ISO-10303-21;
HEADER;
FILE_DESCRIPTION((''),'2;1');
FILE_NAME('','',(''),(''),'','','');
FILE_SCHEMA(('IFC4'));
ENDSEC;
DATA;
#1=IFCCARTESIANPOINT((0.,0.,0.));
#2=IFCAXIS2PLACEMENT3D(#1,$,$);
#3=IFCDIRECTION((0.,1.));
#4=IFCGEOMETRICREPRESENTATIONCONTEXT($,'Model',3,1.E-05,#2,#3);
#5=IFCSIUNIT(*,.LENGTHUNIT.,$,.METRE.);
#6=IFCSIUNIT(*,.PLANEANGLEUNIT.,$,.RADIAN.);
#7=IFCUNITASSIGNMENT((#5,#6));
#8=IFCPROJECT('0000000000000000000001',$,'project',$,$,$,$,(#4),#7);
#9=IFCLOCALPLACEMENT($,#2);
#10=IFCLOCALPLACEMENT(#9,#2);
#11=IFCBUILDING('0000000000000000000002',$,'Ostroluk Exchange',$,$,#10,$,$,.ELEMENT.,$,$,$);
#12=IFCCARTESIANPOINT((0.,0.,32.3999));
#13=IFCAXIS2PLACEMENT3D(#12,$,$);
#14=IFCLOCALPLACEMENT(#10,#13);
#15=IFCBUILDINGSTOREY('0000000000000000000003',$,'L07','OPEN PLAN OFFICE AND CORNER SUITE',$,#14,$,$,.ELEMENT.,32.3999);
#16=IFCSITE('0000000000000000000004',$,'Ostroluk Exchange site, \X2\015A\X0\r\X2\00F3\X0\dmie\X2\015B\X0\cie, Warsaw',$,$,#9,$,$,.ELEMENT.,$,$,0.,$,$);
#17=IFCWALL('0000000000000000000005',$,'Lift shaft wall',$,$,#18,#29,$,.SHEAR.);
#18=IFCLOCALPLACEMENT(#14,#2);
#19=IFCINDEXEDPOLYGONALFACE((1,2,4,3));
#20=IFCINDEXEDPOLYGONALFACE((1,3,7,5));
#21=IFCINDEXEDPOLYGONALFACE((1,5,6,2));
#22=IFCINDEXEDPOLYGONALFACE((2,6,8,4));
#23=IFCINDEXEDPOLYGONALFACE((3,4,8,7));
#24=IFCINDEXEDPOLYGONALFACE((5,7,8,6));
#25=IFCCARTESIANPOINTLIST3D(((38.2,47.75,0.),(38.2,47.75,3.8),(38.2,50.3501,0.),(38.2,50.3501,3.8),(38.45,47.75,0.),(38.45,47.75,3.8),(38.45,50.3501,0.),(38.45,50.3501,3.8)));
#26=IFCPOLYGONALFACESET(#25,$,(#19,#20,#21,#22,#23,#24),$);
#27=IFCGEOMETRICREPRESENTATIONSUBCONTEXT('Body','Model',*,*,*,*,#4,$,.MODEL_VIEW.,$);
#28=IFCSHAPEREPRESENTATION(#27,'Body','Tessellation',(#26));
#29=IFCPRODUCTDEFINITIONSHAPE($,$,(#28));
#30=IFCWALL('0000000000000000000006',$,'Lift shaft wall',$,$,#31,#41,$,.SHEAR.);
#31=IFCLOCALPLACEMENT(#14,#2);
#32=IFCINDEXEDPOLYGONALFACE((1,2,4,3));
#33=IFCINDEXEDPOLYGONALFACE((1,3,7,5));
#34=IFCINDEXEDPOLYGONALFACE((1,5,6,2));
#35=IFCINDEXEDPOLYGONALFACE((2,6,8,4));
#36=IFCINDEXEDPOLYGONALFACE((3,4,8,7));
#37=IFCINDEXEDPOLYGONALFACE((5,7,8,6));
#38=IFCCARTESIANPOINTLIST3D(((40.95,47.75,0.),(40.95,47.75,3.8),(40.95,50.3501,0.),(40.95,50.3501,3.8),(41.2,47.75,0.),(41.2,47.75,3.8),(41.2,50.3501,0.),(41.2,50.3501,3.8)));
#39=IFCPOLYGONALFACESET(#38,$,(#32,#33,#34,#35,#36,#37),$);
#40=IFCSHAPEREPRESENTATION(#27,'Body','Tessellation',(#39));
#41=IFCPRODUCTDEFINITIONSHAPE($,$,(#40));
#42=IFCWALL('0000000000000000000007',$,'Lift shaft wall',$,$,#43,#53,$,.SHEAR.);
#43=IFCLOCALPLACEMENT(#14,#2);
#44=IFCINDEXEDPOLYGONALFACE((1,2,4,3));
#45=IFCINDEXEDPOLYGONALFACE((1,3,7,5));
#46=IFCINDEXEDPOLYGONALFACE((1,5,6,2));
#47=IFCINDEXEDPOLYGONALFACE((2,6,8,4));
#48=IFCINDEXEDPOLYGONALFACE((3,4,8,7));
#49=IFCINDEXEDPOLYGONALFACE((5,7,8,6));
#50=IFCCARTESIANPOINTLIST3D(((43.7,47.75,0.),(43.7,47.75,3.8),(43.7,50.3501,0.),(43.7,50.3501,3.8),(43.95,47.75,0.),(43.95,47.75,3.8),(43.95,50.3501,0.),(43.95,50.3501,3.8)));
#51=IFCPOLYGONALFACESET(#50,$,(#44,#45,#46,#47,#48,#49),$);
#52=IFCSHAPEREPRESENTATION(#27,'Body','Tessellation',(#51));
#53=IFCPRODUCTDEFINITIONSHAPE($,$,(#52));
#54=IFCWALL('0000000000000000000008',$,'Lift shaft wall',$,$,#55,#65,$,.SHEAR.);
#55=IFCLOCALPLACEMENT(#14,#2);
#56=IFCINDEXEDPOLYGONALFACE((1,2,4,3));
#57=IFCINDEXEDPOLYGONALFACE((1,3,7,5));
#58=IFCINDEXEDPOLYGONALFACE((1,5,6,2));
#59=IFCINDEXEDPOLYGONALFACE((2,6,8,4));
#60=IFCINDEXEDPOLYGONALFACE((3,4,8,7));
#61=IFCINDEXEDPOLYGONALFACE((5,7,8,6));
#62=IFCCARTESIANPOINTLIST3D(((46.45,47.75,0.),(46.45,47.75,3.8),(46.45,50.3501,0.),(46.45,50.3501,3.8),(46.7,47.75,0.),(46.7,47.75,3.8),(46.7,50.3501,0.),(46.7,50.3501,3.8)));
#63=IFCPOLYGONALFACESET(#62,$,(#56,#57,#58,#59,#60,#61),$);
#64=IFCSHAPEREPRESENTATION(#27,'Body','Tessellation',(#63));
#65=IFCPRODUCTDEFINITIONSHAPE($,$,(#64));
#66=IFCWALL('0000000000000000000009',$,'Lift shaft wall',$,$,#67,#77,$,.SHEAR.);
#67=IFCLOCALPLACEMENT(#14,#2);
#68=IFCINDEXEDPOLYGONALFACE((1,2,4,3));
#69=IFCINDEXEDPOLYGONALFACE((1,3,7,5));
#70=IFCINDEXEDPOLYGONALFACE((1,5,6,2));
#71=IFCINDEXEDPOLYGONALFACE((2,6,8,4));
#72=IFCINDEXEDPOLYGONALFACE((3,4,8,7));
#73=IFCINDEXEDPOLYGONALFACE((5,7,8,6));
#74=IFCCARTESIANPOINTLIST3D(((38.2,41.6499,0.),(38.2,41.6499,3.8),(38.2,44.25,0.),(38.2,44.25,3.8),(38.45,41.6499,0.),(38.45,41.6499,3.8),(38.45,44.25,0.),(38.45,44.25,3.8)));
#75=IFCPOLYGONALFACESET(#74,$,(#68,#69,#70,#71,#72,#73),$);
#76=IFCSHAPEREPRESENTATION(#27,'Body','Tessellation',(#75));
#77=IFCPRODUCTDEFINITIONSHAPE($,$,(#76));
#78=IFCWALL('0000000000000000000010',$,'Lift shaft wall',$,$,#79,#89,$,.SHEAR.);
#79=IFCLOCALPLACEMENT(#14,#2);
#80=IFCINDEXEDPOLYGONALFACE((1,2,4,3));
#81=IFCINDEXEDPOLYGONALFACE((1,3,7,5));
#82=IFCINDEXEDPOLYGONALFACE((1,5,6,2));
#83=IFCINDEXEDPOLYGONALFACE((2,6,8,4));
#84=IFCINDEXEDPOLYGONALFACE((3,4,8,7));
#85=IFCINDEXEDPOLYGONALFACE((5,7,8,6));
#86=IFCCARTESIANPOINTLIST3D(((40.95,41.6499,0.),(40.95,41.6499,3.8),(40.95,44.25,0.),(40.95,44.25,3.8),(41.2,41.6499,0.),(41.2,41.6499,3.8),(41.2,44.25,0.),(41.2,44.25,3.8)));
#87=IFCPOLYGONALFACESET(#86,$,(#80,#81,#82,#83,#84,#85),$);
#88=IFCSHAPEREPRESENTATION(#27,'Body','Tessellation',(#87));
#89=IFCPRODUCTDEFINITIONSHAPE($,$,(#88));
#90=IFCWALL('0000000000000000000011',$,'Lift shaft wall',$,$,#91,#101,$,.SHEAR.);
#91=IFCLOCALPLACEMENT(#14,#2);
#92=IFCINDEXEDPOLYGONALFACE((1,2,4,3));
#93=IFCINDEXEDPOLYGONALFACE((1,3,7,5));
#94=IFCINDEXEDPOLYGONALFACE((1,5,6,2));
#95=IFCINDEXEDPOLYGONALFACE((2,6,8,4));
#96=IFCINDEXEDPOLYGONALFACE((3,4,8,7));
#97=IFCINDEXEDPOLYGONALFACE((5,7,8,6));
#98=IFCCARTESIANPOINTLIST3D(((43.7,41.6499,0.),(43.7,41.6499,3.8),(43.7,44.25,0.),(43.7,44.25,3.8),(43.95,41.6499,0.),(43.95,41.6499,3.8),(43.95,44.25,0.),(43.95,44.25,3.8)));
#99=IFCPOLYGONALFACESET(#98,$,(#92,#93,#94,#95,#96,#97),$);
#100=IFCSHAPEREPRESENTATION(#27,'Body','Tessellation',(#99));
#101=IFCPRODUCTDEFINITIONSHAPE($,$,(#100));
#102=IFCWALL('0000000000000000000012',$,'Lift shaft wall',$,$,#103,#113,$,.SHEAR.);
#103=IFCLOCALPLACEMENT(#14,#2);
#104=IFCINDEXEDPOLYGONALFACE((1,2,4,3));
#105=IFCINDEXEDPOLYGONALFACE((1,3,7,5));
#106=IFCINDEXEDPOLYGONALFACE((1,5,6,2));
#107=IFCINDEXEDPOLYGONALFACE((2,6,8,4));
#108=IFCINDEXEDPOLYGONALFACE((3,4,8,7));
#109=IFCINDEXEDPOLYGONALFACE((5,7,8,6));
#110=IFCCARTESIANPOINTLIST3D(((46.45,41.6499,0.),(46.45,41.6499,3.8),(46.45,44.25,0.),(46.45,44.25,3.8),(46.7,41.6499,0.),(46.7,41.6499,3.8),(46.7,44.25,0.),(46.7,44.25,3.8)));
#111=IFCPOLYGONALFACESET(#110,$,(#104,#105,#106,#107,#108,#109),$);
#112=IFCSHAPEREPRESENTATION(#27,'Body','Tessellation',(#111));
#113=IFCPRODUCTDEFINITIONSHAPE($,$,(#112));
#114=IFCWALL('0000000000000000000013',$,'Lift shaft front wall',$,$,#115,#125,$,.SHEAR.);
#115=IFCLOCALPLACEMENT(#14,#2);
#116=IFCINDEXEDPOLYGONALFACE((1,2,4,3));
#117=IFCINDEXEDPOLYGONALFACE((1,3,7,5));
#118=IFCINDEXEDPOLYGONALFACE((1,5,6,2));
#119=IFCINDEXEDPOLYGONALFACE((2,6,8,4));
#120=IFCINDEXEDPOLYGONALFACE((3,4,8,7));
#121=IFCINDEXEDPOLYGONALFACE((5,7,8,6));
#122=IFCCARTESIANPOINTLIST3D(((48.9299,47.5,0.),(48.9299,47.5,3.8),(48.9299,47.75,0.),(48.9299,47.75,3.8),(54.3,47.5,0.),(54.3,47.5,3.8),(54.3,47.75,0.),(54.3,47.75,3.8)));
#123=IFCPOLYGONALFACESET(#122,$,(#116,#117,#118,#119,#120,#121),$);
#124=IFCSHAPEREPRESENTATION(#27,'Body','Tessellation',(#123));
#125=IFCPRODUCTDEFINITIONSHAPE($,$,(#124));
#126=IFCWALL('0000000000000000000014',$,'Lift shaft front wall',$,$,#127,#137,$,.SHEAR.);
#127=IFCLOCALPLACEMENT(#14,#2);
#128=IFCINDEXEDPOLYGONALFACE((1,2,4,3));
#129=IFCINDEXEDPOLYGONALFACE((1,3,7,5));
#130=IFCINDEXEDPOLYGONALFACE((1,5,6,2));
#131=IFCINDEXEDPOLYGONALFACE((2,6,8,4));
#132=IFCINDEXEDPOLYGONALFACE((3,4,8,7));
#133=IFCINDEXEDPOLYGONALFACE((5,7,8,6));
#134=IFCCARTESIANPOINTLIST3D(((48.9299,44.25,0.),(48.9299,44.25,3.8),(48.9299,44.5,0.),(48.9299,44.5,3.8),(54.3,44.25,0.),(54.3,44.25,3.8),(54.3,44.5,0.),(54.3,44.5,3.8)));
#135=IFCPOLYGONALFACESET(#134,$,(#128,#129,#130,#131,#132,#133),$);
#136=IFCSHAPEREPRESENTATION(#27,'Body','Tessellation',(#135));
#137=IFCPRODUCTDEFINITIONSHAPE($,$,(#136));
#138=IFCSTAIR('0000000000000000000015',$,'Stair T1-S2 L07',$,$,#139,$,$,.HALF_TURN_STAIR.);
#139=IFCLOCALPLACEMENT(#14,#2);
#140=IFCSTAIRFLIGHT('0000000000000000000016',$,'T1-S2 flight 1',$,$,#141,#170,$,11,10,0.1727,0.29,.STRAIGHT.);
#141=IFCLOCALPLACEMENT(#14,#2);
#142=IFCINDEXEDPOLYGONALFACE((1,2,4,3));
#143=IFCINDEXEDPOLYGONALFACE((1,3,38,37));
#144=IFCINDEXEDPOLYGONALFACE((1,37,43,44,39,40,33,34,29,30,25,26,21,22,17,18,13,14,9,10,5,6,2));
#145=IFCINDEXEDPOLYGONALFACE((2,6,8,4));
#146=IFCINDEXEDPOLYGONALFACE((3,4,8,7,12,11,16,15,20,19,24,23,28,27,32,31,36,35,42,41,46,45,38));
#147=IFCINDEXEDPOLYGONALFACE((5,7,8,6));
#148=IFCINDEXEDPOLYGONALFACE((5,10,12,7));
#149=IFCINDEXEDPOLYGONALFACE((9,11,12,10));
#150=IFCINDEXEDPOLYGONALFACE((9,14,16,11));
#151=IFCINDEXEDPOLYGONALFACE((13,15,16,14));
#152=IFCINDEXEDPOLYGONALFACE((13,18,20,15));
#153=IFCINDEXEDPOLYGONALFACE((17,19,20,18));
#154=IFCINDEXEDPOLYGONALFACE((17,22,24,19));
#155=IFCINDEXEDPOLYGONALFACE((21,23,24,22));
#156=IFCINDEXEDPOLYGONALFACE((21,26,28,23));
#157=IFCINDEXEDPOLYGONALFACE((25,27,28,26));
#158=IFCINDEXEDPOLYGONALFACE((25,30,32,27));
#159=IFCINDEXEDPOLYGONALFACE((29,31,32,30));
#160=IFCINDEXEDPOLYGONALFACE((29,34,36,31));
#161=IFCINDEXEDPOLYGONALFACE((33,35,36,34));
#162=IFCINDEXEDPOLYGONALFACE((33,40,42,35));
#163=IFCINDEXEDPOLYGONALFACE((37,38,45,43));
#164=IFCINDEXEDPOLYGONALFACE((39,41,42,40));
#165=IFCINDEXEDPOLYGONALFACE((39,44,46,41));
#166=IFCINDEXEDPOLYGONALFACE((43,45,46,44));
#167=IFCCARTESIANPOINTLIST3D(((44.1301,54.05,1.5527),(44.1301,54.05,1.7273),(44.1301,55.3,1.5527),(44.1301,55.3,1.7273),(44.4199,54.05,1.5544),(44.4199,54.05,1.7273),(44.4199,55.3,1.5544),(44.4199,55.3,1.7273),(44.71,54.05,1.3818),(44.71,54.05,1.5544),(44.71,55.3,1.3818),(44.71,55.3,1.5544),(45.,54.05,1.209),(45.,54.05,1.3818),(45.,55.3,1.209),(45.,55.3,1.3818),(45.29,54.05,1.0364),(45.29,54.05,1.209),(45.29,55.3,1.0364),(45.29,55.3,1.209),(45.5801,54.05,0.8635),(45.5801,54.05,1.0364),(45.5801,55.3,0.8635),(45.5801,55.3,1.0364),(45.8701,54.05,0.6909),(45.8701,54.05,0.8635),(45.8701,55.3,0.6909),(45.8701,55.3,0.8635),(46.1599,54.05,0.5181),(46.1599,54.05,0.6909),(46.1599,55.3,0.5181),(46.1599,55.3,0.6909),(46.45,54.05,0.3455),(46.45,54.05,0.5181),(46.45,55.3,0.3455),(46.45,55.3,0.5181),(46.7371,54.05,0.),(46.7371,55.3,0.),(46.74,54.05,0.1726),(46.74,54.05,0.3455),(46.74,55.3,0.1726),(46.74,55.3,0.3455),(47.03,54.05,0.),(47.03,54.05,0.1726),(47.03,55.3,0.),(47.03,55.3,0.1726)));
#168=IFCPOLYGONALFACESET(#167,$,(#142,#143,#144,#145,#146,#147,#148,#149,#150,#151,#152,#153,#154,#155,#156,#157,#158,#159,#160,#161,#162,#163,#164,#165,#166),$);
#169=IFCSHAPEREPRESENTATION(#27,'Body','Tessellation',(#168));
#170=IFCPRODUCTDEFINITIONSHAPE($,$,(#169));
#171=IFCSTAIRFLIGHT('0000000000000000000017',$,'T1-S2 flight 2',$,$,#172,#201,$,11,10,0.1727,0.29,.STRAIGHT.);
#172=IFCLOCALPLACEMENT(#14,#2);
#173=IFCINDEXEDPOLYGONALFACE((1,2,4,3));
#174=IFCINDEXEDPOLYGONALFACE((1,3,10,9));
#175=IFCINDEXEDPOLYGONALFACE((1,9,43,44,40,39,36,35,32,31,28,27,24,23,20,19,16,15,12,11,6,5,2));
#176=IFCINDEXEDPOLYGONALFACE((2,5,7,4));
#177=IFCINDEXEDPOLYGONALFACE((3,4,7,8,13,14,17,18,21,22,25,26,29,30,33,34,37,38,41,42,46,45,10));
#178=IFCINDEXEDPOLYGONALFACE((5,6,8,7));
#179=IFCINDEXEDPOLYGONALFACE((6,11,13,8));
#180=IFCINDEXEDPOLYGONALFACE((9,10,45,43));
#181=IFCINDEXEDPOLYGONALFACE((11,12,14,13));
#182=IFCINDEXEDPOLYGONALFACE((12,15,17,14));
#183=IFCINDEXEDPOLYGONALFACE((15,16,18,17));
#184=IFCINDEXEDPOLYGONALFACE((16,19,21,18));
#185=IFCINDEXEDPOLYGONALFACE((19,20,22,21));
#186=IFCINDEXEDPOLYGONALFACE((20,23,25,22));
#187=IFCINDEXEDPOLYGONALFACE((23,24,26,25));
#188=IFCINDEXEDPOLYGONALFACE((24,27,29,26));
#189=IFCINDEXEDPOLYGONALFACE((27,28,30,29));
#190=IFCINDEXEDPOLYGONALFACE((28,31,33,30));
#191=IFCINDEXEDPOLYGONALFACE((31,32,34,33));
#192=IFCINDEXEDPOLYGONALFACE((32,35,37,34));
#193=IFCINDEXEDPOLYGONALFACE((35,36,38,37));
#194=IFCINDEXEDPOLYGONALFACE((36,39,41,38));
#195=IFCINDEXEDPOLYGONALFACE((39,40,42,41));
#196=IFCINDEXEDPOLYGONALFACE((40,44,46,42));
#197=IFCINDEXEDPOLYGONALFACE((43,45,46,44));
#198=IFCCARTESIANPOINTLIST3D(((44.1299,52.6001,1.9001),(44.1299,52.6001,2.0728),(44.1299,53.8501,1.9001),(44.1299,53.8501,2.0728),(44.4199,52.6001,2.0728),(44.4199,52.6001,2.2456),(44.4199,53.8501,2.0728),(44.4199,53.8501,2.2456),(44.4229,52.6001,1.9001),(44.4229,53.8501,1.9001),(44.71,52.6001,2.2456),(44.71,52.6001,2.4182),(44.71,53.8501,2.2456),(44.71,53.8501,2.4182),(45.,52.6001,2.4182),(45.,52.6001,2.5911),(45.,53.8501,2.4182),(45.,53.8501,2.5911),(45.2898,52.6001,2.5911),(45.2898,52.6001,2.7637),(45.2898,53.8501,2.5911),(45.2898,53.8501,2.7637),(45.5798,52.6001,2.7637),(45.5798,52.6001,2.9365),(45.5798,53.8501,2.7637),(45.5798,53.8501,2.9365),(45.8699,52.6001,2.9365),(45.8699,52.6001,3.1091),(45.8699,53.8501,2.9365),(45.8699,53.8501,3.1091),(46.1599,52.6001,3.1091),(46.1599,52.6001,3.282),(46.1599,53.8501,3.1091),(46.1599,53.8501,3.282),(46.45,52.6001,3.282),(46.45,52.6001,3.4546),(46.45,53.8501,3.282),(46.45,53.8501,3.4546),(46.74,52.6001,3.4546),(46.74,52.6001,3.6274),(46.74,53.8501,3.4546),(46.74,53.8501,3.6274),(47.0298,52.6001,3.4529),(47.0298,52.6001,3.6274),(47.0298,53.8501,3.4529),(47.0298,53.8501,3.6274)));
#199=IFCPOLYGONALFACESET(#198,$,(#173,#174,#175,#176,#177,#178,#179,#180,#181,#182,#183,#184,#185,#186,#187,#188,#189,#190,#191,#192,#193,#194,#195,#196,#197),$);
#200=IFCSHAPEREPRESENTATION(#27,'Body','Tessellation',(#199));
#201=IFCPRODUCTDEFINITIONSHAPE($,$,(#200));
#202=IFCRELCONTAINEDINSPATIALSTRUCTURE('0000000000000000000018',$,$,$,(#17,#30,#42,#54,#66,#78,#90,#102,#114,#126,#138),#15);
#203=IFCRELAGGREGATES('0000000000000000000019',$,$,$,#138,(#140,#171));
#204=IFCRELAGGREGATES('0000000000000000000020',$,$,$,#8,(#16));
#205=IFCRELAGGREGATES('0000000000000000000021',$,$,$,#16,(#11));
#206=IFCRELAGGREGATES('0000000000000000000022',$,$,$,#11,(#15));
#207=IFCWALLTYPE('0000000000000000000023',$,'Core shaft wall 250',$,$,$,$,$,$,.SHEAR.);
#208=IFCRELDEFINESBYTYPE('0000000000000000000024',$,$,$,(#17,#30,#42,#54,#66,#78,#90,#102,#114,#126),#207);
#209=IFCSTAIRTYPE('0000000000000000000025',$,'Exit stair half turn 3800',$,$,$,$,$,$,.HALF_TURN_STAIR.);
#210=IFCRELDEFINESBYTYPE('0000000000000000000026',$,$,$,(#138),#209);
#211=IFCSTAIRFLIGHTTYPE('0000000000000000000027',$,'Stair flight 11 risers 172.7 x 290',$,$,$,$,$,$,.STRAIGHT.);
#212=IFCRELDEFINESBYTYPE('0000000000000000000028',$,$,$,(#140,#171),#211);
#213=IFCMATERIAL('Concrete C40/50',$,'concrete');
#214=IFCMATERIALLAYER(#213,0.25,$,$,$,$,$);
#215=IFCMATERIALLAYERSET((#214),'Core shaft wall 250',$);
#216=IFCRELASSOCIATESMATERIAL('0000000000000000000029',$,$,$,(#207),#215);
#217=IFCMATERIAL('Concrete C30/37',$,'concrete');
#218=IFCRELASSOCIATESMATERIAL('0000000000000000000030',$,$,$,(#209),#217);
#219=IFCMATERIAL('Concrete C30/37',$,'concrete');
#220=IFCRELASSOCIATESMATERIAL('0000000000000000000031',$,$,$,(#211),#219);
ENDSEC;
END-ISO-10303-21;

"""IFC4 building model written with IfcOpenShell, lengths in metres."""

from ifc_helpers import new_model, si_unit, direction, frame, frame_2d, origin, place, context, subcontext, project, spatial, polyline, rectangle, outline, extrude, material, layer, layer_set, type_object, element, aggregate, save


model = new_model("IFC4")

# Units and contexts
model_context = context("Model", 3, precision=1e-05, world=origin(), true_north=direction((0.0, 1.0)))
body_context = subcontext(model_context, "Body", "Model", "MODEL_VIEW")
ifc_project = project(units=[si_unit("LENGTHUNIT", "METRE"), si_unit("PLANEANGLEUNIT", "RADIAN")], contexts=[model_context])

# Site, building, storey
site_placement = place(None, origin())
site = spatial("IfcSite", under=ifc_project, at=site_placement, Name="Ostroluk Exchange site, Śródmieście, Warsaw", CompositionType="ELEMENT", RefElevation=0.0)
building_placement = place(site_placement, origin())
building = spatial("IfcBuilding", under=site, at=building_placement, Name="Ostroluk Exchange", CompositionType="ELEMENT")
storey_placement = place(building_placement, frame((0.0, 0.0, 32.3999)))
storey = spatial("IfcBuildingStorey", under=building, at=storey_placement, Name="L07", Description="OPEN PLAN OFFICE AND CORNER SUITE", CompositionType="ELEMENT", Elevation=32.3999)

# Walls
ifc_material_1 = material(Name="Concrete C40/50", Category="concrete")
ifc_layer_1 = layer(ifc_material_1, 0.25)
ifc_layer_set_1 = layer_set([ifc_layer_1], Name="Core shaft wall 250")
wall_type_1 = type_object("IfcWallType", Name="Core shaft wall 250", PredefinedType="SHEAR", material=ifc_layer_set_1)
for number, where, z_axis, x_axis, name in (
    (1, (38.325, 47.75, 0.0), (0.0, 0.0, 1.0), (0.0, 1.0, 0.0), "Lift shaft wall"),
    (2, (41.075, 47.75, 0.0), (0.0, 0.0, 1.0), (0.0, 1.0, 0.0), "Lift shaft wall"),
    (3, (43.825, 47.75, 0.0), (0.0, 0.0, 1.0), (0.0, 1.0, 0.0), "Lift shaft wall"),
    (4, (46.575, 47.75, 0.0), (0.0, 0.0, 1.0), (0.0, 1.0, 0.0), "Lift shaft wall"),
    (5, (38.325, 44.25, 0.0), (0.0, 0.0, 1.0), (0.0, -1.0, 0.0), "Lift shaft wall"),
    (6, (41.075, 44.25, 0.0), (0.0, 0.0, 1.0), (0.0, -1.0, 0.0), "Lift shaft wall"),
    (7, (43.825, 44.25, 0.0), (0.0, 0.0, 1.0), (0.0, -1.0, 0.0), "Lift shaft wall"),
    (8, (46.575, 44.25, 0.0), (0.0, 0.0, 1.0), (0.0, -1.0, 0.0), "Lift shaft wall"),
):
    element("IfcWall", number, at=place(storey_placement, frame(where, z_axis=z_axis, x_axis=x_axis)), inside=storey, type_object=wall_type_1, Name=name, PredefinedType="SHEAR", context=body_context, shape_type="SweptSolid", body=[
        extrude(rectangle(XDim=2.6001, YDim=0.25, at=frame_2d((1.3, 0.0))), origin(), (0.0, 0.0, 1.0), 3.8),
    ])
for number, where, z_axis, x_axis, name in (
    (9, (48.9299, 47.625, 0.0), (0.0, 0.0, 1.0), (1.0, 0.0, 0.0), "Lift shaft front wall"),
    (10, (48.9299, 44.375, 0.0), (0.0, 0.0, 1.0), (1.0, 0.0, 0.0), "Lift shaft front wall"),
):
    element("IfcWall", number, at=place(storey_placement, frame(where, z_axis=z_axis, x_axis=x_axis)), inside=storey, type_object=wall_type_1, Name=name, PredefinedType="SHEAR", context=body_context, shape_type="SweptSolid", body=[
        extrude(rectangle(XDim=5.3701, YDim=0.25, at=frame_2d((2.6851, 0.0))), origin(), (0.0, 0.0, 1.0), 3.8),
    ])

# Stair, stair flights
ifc_material_2 = material(Name="Concrete C30/37", Category="concrete")
stair_type = type_object("IfcStairType", Name="Exit stair half turn 3800", PredefinedType="HALF_TURN_STAIR", material=ifc_material_2)
stair_placement = place(storey_placement, origin())
stair = element("IfcStair", 11, at=stair_placement, inside=storey, type_object=stair_type, Name="Stair T1-S2 L07", PredefinedType="HALF_TURN_STAIR")
ifc_material_3 = material(Name="Concrete C30/37", Category="concrete")
stair_flight_type = type_object("IfcStairFlightType", Name="Stair flight 11 risers 172.7 x 290", PredefinedType="STRAIGHT", material=ifc_material_3)
stair_flight_1_placement = place(storey_placement, frame((47.03, 54.675, 0.0), z_axis=(0.0, 0.0, 1.0), x_axis=(-1.0, 0.0, 0.0)))
stair_flight_1 = element("IfcStairFlight", 12, at=stair_flight_1_placement, type_object=stair_flight_type, Name="T1-S2 flight 1", NumberOfRisers=11, NumberOfTreads=10, PredefinedType="STRAIGHT", RiserHeight=0.1727, TreadLength=0.29, context=body_context, shape_type="SweptSolid", body=[
    extrude(outline(polyline([(0.0, 0.0), (0.0, 0.1726), (0.29, 0.1726), (0.29, 0.3455), (0.5801, 0.3455), (0.5801, 0.5181), (0.8701, 0.5181), (0.8701, 0.6909), (1.1599, 0.6909), (1.1599, 0.8635), (1.45, 0.8635), (1.45, 1.0364), (1.74, 1.0364), (1.74, 1.209), (2.03, 1.209), (2.03, 1.3818), (2.3201, 1.3818), (2.3201, 1.5544), (2.6101, 1.5544), (2.6101, 1.7273), (2.8999, 1.7273), (2.8999, 1.8999), (2.8999, 1.5527), (0.293, 0.0), (0.0, 0.0)])), frame((0.0, 0.625, 0.0), z_axis=(0.0, -1.0, 0.0), x_axis=(1.0, 0.0, 0.0)), (0.0, 0.0, 1.0), 1.25),
])
stair_flight_2_placement = place(storey_placement, frame((44.1299, 53.2251, 1.9001), z_axis=(0.0, 0.0, 1.0), x_axis=(1.0, 0.0, 0.0)))
stair_flight_2 = element("IfcStairFlight", 13, at=stair_flight_2_placement, type_object=stair_flight_type, Name="T1-S2 flight 2", NumberOfRisers=11, NumberOfTreads=10, PredefinedType="STRAIGHT", RiserHeight=0.1727, TreadLength=0.29, context=body_context, shape_type="SweptSolid", body=[
    extrude(outline(polyline([(0.0, 0.0), (0.0, 0.1726), (0.29, 0.1726), (0.29, 0.3455), (0.5801, 0.3455), (0.5801, 0.5181), (0.8701, 0.5181), (0.8701, 0.6909), (1.1599, 0.6909), (1.1599, 0.8635), (1.45, 0.8635), (1.45, 1.0364), (1.74, 1.0364), (1.74, 1.209), (2.03, 1.209), (2.03, 1.3818), (2.3201, 1.3818), (2.3201, 1.5544), (2.6101, 1.5544), (2.6101, 1.7273), (2.8999, 1.7273), (2.8999, 1.8999), (2.8999, 1.5527), (0.293, 0.0), (0.0, 0.0)])), frame((0.0, 0.625, 0.0), z_axis=(0.0, -1.0, 0.0), x_axis=(1.0, 0.0, 0.0)), (0.0, 0.0, 1.0), 1.25),
])
aggregate(stair, [stair_flight_1, stair_flight_2])

save(model, "model.ifc")
